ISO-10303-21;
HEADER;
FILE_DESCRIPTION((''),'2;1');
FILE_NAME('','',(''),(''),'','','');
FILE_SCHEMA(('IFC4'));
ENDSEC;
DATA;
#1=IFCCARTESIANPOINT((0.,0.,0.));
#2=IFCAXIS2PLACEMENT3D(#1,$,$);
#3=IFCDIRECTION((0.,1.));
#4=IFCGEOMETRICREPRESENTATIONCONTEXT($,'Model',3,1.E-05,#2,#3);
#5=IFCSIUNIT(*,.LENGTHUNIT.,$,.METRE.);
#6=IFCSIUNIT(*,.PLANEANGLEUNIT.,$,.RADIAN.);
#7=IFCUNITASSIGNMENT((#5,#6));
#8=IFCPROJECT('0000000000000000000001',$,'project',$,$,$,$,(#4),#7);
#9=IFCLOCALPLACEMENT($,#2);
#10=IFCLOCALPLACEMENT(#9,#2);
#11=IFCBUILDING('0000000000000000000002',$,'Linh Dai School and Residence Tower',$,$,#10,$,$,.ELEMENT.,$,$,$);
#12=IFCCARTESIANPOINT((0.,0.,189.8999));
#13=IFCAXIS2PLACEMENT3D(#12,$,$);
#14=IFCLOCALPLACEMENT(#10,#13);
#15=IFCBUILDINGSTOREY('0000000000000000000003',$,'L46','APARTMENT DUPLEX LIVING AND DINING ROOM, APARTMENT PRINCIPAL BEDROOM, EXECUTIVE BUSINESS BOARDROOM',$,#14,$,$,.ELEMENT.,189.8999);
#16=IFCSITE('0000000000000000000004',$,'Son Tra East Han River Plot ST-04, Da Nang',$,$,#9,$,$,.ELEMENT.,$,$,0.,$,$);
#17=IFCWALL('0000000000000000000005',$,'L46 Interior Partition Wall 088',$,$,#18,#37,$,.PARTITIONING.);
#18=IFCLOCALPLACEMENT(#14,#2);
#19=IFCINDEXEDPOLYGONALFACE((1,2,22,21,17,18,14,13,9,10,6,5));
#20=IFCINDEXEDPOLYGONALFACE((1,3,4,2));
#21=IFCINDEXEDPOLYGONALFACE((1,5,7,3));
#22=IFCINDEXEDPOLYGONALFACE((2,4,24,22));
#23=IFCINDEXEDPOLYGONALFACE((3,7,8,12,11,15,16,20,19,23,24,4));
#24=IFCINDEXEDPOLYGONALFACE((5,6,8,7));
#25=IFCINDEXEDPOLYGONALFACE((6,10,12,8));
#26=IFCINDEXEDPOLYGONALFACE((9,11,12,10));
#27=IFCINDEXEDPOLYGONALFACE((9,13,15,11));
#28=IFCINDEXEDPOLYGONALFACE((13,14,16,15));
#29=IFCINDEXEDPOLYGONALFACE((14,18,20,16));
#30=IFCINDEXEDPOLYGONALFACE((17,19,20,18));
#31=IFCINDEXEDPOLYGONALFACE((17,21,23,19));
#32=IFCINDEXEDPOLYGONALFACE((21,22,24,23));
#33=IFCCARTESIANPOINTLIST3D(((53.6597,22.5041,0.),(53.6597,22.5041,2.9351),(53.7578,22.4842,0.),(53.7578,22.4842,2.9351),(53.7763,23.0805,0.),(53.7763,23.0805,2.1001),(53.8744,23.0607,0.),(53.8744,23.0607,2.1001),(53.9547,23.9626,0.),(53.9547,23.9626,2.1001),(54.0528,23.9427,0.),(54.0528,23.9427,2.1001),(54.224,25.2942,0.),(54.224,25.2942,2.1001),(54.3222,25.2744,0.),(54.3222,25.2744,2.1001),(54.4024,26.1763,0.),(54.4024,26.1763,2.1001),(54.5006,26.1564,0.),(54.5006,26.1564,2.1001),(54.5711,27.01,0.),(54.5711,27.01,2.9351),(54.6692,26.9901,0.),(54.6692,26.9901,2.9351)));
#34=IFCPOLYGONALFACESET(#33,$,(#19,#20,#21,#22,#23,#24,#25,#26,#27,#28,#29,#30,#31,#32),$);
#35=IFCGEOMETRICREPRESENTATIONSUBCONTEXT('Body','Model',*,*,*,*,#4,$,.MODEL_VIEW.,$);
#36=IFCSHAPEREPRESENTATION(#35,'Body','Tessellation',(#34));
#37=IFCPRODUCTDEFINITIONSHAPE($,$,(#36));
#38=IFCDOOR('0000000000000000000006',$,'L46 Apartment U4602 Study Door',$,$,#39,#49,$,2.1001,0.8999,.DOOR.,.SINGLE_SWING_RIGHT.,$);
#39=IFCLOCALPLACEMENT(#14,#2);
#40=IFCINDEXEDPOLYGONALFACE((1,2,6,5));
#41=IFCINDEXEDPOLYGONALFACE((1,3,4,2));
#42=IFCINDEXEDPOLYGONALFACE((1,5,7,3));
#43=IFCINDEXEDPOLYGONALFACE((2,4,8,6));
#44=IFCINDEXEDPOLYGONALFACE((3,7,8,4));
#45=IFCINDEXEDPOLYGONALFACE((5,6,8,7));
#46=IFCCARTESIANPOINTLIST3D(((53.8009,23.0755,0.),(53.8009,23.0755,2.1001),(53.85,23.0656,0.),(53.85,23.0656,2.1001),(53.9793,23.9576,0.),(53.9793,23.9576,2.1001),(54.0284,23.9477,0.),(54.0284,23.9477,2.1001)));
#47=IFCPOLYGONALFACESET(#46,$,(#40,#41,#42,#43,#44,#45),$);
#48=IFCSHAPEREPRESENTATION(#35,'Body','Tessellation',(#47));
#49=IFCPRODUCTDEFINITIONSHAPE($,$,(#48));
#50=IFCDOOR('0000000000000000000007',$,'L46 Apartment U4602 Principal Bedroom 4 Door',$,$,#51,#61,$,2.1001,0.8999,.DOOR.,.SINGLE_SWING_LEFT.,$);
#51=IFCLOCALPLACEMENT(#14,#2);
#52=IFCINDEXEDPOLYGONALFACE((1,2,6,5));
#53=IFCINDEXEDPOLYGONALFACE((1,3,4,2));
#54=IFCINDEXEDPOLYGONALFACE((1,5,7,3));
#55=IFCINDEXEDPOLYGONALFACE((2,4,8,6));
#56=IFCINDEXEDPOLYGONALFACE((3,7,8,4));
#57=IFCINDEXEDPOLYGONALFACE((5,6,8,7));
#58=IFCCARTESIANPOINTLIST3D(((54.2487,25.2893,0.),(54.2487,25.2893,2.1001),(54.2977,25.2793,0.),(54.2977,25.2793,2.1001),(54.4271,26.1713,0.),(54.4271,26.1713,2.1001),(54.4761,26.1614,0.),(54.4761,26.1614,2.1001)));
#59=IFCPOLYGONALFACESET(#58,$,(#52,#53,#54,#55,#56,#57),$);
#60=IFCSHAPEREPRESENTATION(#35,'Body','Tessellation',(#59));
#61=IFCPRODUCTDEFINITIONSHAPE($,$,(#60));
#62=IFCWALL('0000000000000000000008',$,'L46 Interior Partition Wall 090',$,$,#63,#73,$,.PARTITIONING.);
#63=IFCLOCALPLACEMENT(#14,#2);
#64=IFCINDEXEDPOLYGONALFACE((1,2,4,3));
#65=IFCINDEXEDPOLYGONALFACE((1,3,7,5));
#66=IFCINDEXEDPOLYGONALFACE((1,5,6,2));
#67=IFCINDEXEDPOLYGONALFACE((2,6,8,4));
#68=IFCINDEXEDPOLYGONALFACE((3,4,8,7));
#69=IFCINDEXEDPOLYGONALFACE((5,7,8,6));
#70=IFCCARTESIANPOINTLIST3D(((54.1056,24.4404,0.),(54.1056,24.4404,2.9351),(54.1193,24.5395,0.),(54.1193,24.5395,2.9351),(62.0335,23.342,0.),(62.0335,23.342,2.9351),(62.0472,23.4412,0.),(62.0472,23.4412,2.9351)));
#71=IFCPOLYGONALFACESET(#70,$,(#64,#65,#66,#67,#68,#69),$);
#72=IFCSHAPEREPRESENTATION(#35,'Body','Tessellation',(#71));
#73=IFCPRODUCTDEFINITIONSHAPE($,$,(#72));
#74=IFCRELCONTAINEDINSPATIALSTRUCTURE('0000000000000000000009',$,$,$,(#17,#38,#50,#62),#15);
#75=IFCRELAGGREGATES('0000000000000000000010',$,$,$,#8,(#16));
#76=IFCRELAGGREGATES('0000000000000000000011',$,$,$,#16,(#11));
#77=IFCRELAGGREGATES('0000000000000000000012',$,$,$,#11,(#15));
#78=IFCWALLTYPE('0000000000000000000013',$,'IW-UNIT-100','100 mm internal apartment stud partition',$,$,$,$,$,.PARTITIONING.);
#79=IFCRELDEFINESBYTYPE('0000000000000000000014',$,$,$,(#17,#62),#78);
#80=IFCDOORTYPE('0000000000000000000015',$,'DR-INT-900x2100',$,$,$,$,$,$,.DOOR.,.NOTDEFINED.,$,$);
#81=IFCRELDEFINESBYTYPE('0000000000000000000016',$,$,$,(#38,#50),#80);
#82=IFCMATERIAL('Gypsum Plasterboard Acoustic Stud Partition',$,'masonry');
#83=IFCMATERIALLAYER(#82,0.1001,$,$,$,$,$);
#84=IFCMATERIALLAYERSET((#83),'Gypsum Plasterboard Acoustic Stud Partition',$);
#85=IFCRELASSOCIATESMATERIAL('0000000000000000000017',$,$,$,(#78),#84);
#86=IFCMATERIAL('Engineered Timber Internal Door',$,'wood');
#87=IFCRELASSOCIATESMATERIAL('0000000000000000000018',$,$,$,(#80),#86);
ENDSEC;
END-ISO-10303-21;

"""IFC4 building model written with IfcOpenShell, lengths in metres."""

from ifc_helpers import new_model, si_unit, direction, frame, frame_2d, origin, origin_2d, place, context, subcontext, project, spatial, rectangle, extrude, source, transform, mapped, material, layer, layer_set, type_object, element, fill, save


model = new_model("IFC4")

# Units and contexts
model_context = context("Model", 3, precision=1e-05, world=origin(), true_north=direction((0.0, 1.0)))
body_context = subcontext(model_context, "Body", "Model", "MODEL_VIEW")
ifc_project = project(units=[si_unit("LENGTHUNIT", "METRE"), si_unit("PLANEANGLEUNIT", "RADIAN")], contexts=[model_context])

# Site, building, storey
site_placement = place(None, origin())
site = spatial("IfcSite", under=ifc_project, at=site_placement, Name="Son Tra East Han River Plot ST-04, Da Nang", CompositionType="ELEMENT", RefElevation=0.0)
building_placement = place(site_placement, origin())
building = spatial("IfcBuilding", under=site, at=building_placement, Name="Linh Dai School and Residence Tower", CompositionType="ELEMENT")
storey_placement = place(building_placement, frame((0.0, 0.0, 189.8999)))
storey = spatial("IfcBuildingStorey", under=building, at=storey_placement, Name="L46", Description="APARTMENT DUPLEX LIVING AND DINING ROOM, APARTMENT PRINCIPAL BEDROOM, EXECUTIVE BUSINESS BOARDROOM", CompositionType="ELEMENT", Elevation=189.8999)

# Shared definitions
ifc_material_1 = material(Name="Gypsum Plasterboard Acoustic Stud Partition", Category="masonry")
ifc_layer_1 = layer(ifc_material_1, 0.1001)
ifc_layer_set_1 = layer_set([ifc_layer_1], Name="Gypsum Plasterboard Acoustic Stud Partition")
wall_type_1 = type_object("IfcWallType", Name="IW-UNIT-100", Description="100 mm internal apartment stud partition", PredefinedType="PARTITIONING", material=ifc_layer_set_1)

# Wall, openings, doors
wall_1_placement = place(storey_placement, frame((53.7087, 22.4941, 0.0), z_axis=(0.0, 0.0, 1.0), x_axis=(0.19825, 0.980151, 0.0)))
wall_1 = element("IfcWall", 1, at=wall_1_placement, inside=storey, type_object=wall_type_1, Name="L46 Interior Partition Wall 088", PredefinedType="PARTITIONING", context=body_context, shape_type="SweptSolid", body=[
    extrude(rectangle(XDim=4.5972, YDim=0.1001, at=frame_2d((2.2986, 0.0))), origin(), (0.0, 0.0, 1.0), 2.9351),
])
opening_1_placement = place(wall_1_placement, frame((0.5881, 0.0, 0.0)))
opening_1 = element("IfcOpeningElement", 2, at=opening_1_placement, cuts=wall_1, PredefinedType="OPENING", context=body_context, shape_type="SweptSolid", body=[
    extrude(rectangle(XDim=0.8999, YDim=2.1001, at=origin_2d()), frame((0.45, 0.0601, 1.05), z_axis=(0.0, -1.0, 0.0), x_axis=(1.0, 0.0, 0.0)), (0.0, 0.0, 1.0), 0.1201),
])
opening_2_placement = place(wall_1_placement, frame((2.8467, 0.0, 0.0)))
opening_2 = element("IfcOpeningElement", 3, at=opening_2_placement, cuts=wall_1, PredefinedType="OPENING", context=body_context, shape_type="SweptSolid", body=[
    extrude(rectangle(XDim=0.8999, YDim=2.1001, at=origin_2d()), frame((0.45, 0.0601, 1.05), z_axis=(0.0, -1.0, 0.0), x_axis=(1.0, 0.0, 0.0)), (0.0, 0.0, 1.0), 0.1201),
])
ifc_material_2 = material(Name="Engineered Timber Internal Door", Category="wood")
door_type_1 = type_object("IfcDoorType", Name="DR-INT-900x2100", OperationType="NOTDEFINED", PredefinedType="DOOR", material=ifc_material_2)
shared_shape_1 = source(origin(), body_context, "Body", "SweptSolid", [
    extrude(rectangle(XDim=0.8999, YDim=2.1001, at=origin_2d()), frame((0.45, 0.0249, 1.05), z_axis=(0.0, -1.0, 0.0), x_axis=(1.0, 0.0, 0.0)), (0.0, 0.0, 1.0), 0.05),
])
door_1_placement = place(opening_1_placement, origin())
door_1 = element("IfcDoor", 4, at=door_1_placement, inside=storey, type_object=door_type_1, Name="L46 Apartment U4602 Study Door", OperationType="SINGLE_SWING_RIGHT", OverallHeight=2.1001, OverallWidth=0.8999, PredefinedType="DOOR", context=body_context, shape_type="MappedRepresentation", body=[
    mapped(shared_shape_1, transform((0.0, 0.0, 0.0), x_axis=(1.0, 0.0, 0.0), y_axis=(0.0, 1.0, 0.0), z_axis=(0.0, 0.0, 1.0), scale=1.0)),
])
fill(opening_1, door_1)
door_2_placement = place(opening_2_placement, origin())
door_2 = element("IfcDoor", 5, at=door_2_placement, inside=storey, type_object=door_type_1, Name="L46 Apartment U4602 Principal Bedroom 4 Door", OperationType="SINGLE_SWING_LEFT", OverallHeight=2.1001, OverallWidth=0.8999, PredefinedType="DOOR", context=body_context, shape_type="MappedRepresentation", body=[
    mapped(shared_shape_1, transform((0.0, 0.0, 0.0), x_axis=(1.0, 0.0, 0.0), y_axis=(0.0, 1.0, 0.0), z_axis=(0.0, 0.0, 1.0), scale=1.0)),
])
fill(opening_2, door_2)

# Wall
wall_2_placement = place(storey_placement, frame((54.1123, 24.49, 0.0), z_axis=(0.0, 0.0, 1.0), x_axis=(0.990539, -0.137235, 0.0)))
element("IfcWall", 6, at=wall_2_placement, inside=storey, type_object=wall_type_1, Name="L46 Interior Partition Wall 090", PredefinedType="PARTITIONING", context=body_context, shape_type="SweptSolid", body=[
    extrude(rectangle(XDim=8.0037, YDim=0.1001, at=frame_2d((4.002, 0.0))), origin(), (0.0, 0.0, 1.0), 2.9351),
])

save(model, "model.ifc")
